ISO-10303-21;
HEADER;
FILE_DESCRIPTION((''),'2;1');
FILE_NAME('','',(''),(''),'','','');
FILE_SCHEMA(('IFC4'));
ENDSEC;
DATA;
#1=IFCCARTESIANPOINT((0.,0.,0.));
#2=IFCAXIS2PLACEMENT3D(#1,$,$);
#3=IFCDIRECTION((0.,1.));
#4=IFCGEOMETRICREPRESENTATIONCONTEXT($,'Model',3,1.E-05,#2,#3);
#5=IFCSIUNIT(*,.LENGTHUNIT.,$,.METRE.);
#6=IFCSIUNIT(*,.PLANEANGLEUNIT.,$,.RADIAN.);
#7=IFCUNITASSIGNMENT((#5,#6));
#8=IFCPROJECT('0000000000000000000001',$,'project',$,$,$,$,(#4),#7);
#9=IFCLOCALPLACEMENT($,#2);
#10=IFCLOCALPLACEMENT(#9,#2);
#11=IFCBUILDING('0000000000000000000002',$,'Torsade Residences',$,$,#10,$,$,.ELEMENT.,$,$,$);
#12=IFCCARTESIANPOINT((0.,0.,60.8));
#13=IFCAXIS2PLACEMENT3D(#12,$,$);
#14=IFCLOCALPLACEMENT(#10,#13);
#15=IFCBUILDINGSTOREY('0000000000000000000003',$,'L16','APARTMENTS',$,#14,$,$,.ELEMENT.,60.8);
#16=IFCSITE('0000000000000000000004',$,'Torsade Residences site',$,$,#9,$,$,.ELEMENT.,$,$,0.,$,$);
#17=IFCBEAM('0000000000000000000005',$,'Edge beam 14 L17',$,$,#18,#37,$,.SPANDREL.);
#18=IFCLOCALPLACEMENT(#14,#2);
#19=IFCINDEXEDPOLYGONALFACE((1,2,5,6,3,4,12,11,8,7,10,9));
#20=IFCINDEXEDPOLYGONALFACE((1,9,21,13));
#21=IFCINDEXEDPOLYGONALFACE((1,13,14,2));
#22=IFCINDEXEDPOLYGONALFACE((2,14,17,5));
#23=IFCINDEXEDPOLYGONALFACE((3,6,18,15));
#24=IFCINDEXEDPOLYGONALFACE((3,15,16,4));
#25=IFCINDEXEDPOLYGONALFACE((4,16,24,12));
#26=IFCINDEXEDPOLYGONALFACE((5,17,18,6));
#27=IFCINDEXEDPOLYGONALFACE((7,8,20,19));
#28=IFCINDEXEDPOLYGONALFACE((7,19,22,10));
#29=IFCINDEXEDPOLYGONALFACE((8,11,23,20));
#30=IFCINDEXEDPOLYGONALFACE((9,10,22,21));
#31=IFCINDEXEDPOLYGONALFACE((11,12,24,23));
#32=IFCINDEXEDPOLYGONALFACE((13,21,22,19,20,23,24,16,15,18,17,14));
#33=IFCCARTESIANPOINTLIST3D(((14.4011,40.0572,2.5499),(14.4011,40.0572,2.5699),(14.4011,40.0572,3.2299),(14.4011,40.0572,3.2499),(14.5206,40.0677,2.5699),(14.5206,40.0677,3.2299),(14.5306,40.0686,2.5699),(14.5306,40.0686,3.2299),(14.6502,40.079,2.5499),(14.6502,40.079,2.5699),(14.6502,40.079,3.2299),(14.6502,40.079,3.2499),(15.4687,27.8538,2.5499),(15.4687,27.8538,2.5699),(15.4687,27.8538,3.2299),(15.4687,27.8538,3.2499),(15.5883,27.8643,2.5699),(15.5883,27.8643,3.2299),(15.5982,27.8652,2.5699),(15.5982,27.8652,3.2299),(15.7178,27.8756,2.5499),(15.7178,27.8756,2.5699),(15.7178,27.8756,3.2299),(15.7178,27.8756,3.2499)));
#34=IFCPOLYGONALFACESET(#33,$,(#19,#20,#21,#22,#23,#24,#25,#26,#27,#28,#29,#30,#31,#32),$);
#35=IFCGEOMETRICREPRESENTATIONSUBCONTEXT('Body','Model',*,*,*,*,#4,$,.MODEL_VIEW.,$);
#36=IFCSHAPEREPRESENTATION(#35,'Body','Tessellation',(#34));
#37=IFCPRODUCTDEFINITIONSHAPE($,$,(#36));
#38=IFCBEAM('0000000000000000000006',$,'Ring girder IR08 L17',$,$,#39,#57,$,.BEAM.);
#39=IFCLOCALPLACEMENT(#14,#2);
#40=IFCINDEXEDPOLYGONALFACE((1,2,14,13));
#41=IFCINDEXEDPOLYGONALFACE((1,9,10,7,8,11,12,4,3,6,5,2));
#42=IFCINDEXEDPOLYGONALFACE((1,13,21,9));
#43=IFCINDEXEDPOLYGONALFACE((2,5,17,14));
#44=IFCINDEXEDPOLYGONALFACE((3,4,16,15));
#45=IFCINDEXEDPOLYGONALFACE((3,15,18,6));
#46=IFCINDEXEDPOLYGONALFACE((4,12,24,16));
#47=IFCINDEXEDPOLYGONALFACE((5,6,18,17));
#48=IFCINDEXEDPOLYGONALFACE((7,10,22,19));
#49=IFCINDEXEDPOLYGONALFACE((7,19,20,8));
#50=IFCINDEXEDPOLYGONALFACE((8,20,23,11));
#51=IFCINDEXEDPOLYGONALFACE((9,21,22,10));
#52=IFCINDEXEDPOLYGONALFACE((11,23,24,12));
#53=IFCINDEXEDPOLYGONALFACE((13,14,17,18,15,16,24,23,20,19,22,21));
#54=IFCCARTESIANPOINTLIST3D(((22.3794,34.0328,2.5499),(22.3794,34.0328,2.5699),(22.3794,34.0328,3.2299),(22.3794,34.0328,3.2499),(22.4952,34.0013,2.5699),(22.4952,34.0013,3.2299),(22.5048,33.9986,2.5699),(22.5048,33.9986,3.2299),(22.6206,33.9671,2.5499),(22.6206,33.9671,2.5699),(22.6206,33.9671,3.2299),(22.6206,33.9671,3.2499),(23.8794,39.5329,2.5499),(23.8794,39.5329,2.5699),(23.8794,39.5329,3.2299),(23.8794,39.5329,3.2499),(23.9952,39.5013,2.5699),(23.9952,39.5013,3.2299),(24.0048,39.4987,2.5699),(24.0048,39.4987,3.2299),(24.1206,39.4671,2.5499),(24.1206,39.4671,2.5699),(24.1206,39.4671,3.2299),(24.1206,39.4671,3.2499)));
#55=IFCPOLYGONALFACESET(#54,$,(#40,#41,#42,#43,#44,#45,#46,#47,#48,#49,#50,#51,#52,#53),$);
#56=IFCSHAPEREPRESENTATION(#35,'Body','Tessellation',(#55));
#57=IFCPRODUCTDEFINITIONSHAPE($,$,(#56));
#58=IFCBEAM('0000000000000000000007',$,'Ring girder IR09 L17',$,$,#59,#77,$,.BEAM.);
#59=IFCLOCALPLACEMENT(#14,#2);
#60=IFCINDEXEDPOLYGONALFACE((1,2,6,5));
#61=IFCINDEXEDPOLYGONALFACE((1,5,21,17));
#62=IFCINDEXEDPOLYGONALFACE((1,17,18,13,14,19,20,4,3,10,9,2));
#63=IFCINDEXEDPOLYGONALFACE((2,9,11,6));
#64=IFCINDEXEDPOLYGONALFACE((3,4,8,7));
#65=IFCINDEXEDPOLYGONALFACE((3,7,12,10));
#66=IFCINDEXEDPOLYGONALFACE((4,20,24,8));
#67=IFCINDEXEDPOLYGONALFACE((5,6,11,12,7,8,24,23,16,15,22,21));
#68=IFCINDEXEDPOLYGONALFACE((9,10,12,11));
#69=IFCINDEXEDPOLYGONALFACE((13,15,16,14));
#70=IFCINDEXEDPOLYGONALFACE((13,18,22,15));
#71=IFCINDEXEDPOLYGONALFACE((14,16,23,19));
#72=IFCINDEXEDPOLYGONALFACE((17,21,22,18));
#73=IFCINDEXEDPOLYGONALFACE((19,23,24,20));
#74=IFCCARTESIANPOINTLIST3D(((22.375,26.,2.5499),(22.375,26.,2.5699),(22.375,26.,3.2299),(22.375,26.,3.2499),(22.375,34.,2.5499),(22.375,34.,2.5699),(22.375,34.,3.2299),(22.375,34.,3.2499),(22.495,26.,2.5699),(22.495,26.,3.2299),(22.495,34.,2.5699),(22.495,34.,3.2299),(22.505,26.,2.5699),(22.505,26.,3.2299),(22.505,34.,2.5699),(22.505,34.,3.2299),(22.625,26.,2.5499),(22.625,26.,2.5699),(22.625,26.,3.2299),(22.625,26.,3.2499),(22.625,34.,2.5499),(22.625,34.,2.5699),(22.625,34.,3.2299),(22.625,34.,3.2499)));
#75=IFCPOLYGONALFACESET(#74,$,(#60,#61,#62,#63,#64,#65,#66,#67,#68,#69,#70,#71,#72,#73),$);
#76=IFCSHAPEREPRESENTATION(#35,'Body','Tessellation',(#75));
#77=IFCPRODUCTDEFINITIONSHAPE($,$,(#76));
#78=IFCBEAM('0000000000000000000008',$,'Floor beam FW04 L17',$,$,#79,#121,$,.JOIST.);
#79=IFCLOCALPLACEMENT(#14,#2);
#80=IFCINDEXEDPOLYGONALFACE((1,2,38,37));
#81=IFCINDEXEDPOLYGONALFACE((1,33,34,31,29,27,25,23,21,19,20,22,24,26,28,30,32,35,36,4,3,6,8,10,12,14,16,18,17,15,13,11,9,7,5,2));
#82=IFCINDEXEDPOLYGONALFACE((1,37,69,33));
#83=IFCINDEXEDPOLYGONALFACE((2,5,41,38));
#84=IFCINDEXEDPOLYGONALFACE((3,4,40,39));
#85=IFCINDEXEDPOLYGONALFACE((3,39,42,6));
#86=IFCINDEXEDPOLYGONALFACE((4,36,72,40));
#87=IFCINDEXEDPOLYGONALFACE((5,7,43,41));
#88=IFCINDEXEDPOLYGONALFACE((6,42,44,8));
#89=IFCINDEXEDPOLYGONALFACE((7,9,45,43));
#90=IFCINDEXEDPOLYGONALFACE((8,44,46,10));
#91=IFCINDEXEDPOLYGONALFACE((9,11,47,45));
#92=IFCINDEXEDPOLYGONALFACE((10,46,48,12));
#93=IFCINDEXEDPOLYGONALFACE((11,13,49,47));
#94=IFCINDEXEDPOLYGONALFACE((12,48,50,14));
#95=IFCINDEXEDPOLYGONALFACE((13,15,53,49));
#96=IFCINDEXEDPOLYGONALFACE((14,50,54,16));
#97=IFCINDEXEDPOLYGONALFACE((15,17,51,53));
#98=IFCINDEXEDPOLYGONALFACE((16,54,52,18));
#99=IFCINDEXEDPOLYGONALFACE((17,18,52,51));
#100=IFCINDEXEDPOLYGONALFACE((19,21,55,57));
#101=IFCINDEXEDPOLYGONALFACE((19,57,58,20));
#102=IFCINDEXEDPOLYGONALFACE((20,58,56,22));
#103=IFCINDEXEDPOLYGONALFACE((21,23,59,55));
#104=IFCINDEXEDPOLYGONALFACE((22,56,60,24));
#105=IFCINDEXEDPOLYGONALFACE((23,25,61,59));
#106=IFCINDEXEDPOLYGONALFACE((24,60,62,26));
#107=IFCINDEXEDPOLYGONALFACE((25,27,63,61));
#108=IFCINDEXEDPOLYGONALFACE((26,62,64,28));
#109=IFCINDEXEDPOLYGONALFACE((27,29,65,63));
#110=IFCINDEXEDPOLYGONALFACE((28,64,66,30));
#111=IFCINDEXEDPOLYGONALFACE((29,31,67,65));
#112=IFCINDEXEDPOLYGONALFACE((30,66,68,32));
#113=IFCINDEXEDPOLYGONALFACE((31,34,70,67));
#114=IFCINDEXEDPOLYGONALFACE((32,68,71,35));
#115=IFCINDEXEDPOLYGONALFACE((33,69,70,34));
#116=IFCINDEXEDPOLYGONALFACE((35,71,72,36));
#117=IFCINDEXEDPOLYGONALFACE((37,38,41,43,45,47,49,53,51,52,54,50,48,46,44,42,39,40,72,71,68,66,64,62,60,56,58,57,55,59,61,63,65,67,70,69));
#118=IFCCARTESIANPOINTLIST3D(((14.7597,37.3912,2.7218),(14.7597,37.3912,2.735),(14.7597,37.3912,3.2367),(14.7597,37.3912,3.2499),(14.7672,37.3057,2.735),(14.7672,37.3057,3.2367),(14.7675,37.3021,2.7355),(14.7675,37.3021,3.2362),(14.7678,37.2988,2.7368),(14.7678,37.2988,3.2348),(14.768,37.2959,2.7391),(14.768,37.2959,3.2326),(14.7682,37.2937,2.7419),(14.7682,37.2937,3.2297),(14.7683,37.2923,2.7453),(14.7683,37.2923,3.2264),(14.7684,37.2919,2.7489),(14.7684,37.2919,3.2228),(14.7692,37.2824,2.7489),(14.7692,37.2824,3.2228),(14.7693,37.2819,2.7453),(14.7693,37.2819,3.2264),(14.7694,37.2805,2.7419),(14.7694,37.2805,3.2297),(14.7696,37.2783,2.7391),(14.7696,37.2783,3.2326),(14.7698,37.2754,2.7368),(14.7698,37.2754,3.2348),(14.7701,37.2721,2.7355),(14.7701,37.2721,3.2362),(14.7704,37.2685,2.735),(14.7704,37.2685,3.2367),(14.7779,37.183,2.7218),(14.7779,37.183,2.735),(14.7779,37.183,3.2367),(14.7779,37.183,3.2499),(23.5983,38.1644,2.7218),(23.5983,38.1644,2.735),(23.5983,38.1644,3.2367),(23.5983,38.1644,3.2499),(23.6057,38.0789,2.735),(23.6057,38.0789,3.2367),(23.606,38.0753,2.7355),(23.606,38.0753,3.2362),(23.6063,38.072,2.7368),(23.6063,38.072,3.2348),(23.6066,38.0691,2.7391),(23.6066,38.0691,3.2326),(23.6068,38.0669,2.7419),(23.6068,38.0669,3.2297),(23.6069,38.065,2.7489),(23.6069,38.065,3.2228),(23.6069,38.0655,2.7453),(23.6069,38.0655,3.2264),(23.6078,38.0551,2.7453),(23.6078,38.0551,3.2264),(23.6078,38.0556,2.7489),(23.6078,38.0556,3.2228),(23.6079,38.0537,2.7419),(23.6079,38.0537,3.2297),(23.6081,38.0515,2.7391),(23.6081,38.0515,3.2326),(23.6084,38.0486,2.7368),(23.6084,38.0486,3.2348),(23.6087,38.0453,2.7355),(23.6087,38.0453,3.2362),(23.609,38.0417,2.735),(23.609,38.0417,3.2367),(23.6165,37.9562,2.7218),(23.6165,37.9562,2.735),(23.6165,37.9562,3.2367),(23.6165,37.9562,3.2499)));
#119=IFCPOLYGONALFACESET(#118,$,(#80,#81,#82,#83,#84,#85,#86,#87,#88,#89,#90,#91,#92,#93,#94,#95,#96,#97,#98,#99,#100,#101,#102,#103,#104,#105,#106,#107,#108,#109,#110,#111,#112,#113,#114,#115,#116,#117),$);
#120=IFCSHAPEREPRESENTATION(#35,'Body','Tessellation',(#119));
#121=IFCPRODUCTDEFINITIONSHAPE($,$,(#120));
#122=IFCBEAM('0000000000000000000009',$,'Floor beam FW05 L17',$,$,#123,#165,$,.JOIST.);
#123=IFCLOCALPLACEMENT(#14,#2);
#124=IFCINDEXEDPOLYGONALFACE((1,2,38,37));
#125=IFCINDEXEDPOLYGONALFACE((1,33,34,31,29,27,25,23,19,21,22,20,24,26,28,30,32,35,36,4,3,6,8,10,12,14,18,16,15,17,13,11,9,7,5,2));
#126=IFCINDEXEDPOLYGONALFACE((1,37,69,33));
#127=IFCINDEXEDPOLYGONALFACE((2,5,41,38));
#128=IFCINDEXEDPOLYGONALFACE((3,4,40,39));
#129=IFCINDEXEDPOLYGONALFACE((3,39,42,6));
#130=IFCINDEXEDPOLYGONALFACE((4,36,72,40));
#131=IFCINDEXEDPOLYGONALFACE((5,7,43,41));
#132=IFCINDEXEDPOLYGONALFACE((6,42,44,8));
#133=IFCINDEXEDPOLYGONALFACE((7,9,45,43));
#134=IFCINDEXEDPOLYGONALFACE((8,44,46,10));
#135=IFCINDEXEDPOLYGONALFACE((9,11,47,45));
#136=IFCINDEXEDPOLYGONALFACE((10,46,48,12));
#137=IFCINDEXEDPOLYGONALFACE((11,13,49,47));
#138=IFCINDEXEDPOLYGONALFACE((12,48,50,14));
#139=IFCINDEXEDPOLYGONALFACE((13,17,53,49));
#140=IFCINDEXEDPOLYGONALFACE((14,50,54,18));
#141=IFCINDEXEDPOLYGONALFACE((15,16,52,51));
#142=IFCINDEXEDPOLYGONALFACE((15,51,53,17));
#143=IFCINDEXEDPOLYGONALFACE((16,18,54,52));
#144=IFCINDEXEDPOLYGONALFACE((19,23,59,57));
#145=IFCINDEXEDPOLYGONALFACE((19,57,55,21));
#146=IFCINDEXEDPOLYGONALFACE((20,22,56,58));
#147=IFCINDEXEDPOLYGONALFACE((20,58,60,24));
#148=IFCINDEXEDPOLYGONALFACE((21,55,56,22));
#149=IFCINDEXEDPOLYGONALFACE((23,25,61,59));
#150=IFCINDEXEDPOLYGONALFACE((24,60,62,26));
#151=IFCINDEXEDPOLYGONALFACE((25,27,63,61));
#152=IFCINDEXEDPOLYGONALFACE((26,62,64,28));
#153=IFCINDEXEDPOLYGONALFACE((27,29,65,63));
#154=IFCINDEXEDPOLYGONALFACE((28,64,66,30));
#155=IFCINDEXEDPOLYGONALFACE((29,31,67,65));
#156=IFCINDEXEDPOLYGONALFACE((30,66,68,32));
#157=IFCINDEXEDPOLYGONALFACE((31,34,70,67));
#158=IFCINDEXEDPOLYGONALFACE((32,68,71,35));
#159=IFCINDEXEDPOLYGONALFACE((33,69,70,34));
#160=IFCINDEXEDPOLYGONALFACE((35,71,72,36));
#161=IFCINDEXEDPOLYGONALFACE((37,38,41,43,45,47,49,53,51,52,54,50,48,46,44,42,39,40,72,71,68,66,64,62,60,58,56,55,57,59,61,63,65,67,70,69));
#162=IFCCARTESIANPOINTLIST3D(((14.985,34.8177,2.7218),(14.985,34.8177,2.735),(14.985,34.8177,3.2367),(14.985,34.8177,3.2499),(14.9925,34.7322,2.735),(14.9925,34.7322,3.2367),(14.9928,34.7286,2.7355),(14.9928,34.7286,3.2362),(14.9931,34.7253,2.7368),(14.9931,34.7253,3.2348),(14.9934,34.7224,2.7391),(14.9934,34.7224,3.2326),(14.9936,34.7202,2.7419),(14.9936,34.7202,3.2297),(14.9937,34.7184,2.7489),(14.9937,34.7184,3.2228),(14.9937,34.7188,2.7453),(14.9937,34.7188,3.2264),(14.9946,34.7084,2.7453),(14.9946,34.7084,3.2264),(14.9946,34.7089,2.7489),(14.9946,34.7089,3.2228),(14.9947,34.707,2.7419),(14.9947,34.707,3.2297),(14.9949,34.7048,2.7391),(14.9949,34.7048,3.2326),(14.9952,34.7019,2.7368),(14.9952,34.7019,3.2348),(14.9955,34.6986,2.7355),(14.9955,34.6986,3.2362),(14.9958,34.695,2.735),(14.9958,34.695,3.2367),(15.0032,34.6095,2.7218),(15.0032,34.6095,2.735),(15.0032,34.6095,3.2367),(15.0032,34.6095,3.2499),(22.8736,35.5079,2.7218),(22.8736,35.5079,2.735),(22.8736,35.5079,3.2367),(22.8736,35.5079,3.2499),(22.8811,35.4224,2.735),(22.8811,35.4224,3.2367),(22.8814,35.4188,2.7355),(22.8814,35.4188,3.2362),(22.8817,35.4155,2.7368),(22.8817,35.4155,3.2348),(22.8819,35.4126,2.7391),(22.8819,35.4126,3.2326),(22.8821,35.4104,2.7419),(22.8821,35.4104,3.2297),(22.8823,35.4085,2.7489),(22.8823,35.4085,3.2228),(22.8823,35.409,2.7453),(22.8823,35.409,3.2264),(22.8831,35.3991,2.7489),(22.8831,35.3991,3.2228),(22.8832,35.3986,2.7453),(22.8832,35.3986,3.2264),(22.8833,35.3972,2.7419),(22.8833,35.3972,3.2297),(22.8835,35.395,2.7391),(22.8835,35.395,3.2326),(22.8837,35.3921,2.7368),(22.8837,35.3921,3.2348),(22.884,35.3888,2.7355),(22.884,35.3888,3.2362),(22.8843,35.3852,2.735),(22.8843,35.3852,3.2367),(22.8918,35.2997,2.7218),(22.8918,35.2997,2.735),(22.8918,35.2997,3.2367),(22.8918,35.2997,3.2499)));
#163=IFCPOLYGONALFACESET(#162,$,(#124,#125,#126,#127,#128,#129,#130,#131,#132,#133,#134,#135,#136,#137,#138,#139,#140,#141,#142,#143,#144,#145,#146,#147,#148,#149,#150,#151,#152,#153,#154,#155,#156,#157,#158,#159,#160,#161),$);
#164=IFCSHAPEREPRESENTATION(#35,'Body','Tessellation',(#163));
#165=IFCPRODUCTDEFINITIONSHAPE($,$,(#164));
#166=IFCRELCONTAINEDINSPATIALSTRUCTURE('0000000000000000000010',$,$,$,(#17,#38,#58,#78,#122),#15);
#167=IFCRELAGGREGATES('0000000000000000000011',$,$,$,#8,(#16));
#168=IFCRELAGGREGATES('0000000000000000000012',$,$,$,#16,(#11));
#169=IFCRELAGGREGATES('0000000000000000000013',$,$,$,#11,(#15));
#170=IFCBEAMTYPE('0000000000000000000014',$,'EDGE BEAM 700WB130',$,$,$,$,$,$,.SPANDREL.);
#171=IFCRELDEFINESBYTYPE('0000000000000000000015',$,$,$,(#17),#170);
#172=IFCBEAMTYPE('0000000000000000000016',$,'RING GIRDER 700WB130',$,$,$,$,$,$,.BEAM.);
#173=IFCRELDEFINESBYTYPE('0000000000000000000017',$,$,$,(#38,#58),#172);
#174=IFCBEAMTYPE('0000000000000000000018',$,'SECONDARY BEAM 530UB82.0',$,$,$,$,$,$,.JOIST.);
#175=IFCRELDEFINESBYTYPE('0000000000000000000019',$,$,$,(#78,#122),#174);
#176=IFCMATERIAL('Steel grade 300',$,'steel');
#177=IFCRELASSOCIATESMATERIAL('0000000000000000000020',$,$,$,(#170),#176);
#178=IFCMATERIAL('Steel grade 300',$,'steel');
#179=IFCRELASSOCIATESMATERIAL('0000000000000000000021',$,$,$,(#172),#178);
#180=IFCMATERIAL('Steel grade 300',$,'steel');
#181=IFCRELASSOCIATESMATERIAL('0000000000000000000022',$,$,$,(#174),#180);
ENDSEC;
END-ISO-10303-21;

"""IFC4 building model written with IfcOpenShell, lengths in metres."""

from ifc_helpers import new_model, si_unit, direction, frame, origin, origin_2d, place, context, subcontext, project, spatial, i_section, extrude, material, material_profile, profile_set, type_object, element, save


model = new_model("IFC4")

# Units and contexts
model_context = context("Model", 3, precision=1e-05, world=origin(), true_north=direction((0.0, 1.0)))
body_context = subcontext(model_context, "Body", "Model", "MODEL_VIEW")
ifc_project = project(units=[si_unit("LENGTHUNIT", "METRE"), si_unit("PLANEANGLEUNIT", "RADIAN")], contexts=[model_context])

# Site, building, storey
site_placement = place(None, origin())
site = spatial("IfcSite", under=ifc_project, at=site_placement, Name="Torsade Residences site", CompositionType="ELEMENT", RefElevation=0.0)
building_placement = place(site_placement, origin())
building = spatial("IfcBuilding", under=site, at=building_placement, Name="Torsade Residences", CompositionType="ELEMENT")
storey_placement = place(building_placement, frame((0.0, 0.0, 60.8)))
storey = spatial("IfcBuildingStorey", under=building, at=storey_placement, Name="L16", Description="APARTMENTS", CompositionType="ELEMENT", Elevation=60.8)

# Beams
ifc_material_1 = material(Name="Steel grade 300", Category="steel")
ifc_material_profile_1 = material_profile(ifc_material_1, i_section(OverallWidth=0.25, OverallDepth=0.7, WebThickness=0.01, FlangeThickness=0.02, at=origin_2d()), Name="700WB130")
ifc_profile_set_1 = profile_set([ifc_material_profile_1], Name="Steel grade 300")
beam_type_1 = type_object("IfcBeamType", Name="EDGE BEAM 700WB130", PredefinedType="SPANDREL", material=ifc_profile_set_1)
beam_1_placement = place(storey_placement, frame((14.5256, 40.0681, 2.8999), z_axis=(0.087153, -0.996195, 0.0), x_axis=(0.996195, 0.087153, 0.0)))
element("IfcBeam", 1, at=beam_1_placement, inside=storey, type_object=beam_type_1, Name="Edge beam 14 L17", PredefinedType="SPANDREL", context=body_context, shape_type="SweptSolid", body=[
    extrude(i_section(OverallWidth=0.25, OverallDepth=0.7, WebThickness=0.01, FlangeThickness=0.02, at=origin_2d()), origin(), (0.0, 0.0, 1.0), 12.25),
])
ifc_material_2 = material(Name="Steel grade 300", Category="steel")
ifc_material_profile_2 = material_profile(ifc_material_2, i_section(OverallWidth=0.25, OverallDepth=0.7, WebThickness=0.01, FlangeThickness=0.02, at=origin_2d()), Name="700WB130")
ifc_profile_set_2 = profile_set([ifc_material_profile_2], Name="Steel grade 300")
beam_type_2 = type_object("IfcBeamType", Name="RING GIRDER 700WB130", PredefinedType="BEAM", material=ifc_profile_set_2)
beam_2_placement = place(storey_placement, frame((24.0, 39.5, 2.8999), z_axis=(-0.263117, -0.964764, 0.0), x_axis=(0.964764, -0.263117, 0.0)))
element("IfcBeam", 2, at=beam_2_placement, inside=storey, type_object=beam_type_2, Name="Ring girder IR08 L17", PredefinedType="BEAM", context=body_context, shape_type="SweptSolid", body=[
    extrude(i_section(OverallWidth=0.25, OverallDepth=0.7, WebThickness=0.01, FlangeThickness=0.02, at=origin_2d()), origin(), (0.0, 0.0, 1.0), 5.7009),
])
beam_3_placement = place(storey_placement, frame((22.5, 34.0, 2.8999), z_axis=(0.0, -1.0, 0.0), x_axis=(1.0, 0.0, 0.0)))
element("IfcBeam", 3, at=beam_3_placement, inside=storey, type_object=beam_type_2, Name="Ring girder IR09 L17", PredefinedType="BEAM", context=body_context, shape_type="SweptSolid", body=[
    extrude(i_section(OverallWidth=0.25, OverallDepth=0.7, WebThickness=0.01, FlangeThickness=0.02, at=origin_2d()), origin(), (0.0, 0.0, 1.0), 8.0),
])
ifc_material_3 = material(Name="Steel grade 300", Category="steel")
ifc_material_profile_3 = material_profile(ifc_material_3, i_section(OverallWidth=0.209, OverallDepth=0.5281, WebThickness=0.0095, FlangeThickness=0.0132, FilletRadius=0.0139, at=origin_2d()), Name="530UB82.0")
ifc_profile_set_3 = profile_set([ifc_material_profile_3], Name="Steel grade 300")
beam_type_3 = type_object("IfcBeamType", Name="SECONDARY BEAM 530UB82.0", PredefinedType="JOIST", material=ifc_profile_set_3)
beam_4_placement = place(storey_placement, frame((14.7688, 37.2871, 2.9858), z_axis=(0.996196, 0.087146, 0.0), x_axis=(-0.087146, 0.996196, 0.0)))
element("IfcBeam", 4, at=beam_4_placement, inside=storey, type_object=beam_type_3, Name="Floor beam FW04 L17", PredefinedType="JOIST", context=body_context, shape_type="SweptSolid", body=[
    extrude(i_section(OverallWidth=0.209, OverallDepth=0.5281, WebThickness=0.0095, FlangeThickness=0.0132, FilletRadius=0.0139, at=origin_2d()), origin(), (0.0, 0.0, 1.0), 8.8723),
])
beam_5_placement = place(storey_placement, frame((14.9941, 34.7136, 2.9858), z_axis=(0.996195, 0.087158, 0.0), x_axis=(-0.087158, 0.996195, 0.0)))
element("IfcBeam", 5, at=beam_5_placement, inside=storey, type_object=beam_type_3, Name="Floor beam FW05 L17", PredefinedType="JOIST", context=body_context, shape_type="SweptSolid", body=[
    extrude(i_section(OverallWidth=0.209, OverallDepth=0.5281, WebThickness=0.0095, FlangeThickness=0.0132, FilletRadius=0.0139, at=origin_2d()), origin(), (0.0, 0.0, 1.0), 7.9187),
])

save(model, "model.ifc")
